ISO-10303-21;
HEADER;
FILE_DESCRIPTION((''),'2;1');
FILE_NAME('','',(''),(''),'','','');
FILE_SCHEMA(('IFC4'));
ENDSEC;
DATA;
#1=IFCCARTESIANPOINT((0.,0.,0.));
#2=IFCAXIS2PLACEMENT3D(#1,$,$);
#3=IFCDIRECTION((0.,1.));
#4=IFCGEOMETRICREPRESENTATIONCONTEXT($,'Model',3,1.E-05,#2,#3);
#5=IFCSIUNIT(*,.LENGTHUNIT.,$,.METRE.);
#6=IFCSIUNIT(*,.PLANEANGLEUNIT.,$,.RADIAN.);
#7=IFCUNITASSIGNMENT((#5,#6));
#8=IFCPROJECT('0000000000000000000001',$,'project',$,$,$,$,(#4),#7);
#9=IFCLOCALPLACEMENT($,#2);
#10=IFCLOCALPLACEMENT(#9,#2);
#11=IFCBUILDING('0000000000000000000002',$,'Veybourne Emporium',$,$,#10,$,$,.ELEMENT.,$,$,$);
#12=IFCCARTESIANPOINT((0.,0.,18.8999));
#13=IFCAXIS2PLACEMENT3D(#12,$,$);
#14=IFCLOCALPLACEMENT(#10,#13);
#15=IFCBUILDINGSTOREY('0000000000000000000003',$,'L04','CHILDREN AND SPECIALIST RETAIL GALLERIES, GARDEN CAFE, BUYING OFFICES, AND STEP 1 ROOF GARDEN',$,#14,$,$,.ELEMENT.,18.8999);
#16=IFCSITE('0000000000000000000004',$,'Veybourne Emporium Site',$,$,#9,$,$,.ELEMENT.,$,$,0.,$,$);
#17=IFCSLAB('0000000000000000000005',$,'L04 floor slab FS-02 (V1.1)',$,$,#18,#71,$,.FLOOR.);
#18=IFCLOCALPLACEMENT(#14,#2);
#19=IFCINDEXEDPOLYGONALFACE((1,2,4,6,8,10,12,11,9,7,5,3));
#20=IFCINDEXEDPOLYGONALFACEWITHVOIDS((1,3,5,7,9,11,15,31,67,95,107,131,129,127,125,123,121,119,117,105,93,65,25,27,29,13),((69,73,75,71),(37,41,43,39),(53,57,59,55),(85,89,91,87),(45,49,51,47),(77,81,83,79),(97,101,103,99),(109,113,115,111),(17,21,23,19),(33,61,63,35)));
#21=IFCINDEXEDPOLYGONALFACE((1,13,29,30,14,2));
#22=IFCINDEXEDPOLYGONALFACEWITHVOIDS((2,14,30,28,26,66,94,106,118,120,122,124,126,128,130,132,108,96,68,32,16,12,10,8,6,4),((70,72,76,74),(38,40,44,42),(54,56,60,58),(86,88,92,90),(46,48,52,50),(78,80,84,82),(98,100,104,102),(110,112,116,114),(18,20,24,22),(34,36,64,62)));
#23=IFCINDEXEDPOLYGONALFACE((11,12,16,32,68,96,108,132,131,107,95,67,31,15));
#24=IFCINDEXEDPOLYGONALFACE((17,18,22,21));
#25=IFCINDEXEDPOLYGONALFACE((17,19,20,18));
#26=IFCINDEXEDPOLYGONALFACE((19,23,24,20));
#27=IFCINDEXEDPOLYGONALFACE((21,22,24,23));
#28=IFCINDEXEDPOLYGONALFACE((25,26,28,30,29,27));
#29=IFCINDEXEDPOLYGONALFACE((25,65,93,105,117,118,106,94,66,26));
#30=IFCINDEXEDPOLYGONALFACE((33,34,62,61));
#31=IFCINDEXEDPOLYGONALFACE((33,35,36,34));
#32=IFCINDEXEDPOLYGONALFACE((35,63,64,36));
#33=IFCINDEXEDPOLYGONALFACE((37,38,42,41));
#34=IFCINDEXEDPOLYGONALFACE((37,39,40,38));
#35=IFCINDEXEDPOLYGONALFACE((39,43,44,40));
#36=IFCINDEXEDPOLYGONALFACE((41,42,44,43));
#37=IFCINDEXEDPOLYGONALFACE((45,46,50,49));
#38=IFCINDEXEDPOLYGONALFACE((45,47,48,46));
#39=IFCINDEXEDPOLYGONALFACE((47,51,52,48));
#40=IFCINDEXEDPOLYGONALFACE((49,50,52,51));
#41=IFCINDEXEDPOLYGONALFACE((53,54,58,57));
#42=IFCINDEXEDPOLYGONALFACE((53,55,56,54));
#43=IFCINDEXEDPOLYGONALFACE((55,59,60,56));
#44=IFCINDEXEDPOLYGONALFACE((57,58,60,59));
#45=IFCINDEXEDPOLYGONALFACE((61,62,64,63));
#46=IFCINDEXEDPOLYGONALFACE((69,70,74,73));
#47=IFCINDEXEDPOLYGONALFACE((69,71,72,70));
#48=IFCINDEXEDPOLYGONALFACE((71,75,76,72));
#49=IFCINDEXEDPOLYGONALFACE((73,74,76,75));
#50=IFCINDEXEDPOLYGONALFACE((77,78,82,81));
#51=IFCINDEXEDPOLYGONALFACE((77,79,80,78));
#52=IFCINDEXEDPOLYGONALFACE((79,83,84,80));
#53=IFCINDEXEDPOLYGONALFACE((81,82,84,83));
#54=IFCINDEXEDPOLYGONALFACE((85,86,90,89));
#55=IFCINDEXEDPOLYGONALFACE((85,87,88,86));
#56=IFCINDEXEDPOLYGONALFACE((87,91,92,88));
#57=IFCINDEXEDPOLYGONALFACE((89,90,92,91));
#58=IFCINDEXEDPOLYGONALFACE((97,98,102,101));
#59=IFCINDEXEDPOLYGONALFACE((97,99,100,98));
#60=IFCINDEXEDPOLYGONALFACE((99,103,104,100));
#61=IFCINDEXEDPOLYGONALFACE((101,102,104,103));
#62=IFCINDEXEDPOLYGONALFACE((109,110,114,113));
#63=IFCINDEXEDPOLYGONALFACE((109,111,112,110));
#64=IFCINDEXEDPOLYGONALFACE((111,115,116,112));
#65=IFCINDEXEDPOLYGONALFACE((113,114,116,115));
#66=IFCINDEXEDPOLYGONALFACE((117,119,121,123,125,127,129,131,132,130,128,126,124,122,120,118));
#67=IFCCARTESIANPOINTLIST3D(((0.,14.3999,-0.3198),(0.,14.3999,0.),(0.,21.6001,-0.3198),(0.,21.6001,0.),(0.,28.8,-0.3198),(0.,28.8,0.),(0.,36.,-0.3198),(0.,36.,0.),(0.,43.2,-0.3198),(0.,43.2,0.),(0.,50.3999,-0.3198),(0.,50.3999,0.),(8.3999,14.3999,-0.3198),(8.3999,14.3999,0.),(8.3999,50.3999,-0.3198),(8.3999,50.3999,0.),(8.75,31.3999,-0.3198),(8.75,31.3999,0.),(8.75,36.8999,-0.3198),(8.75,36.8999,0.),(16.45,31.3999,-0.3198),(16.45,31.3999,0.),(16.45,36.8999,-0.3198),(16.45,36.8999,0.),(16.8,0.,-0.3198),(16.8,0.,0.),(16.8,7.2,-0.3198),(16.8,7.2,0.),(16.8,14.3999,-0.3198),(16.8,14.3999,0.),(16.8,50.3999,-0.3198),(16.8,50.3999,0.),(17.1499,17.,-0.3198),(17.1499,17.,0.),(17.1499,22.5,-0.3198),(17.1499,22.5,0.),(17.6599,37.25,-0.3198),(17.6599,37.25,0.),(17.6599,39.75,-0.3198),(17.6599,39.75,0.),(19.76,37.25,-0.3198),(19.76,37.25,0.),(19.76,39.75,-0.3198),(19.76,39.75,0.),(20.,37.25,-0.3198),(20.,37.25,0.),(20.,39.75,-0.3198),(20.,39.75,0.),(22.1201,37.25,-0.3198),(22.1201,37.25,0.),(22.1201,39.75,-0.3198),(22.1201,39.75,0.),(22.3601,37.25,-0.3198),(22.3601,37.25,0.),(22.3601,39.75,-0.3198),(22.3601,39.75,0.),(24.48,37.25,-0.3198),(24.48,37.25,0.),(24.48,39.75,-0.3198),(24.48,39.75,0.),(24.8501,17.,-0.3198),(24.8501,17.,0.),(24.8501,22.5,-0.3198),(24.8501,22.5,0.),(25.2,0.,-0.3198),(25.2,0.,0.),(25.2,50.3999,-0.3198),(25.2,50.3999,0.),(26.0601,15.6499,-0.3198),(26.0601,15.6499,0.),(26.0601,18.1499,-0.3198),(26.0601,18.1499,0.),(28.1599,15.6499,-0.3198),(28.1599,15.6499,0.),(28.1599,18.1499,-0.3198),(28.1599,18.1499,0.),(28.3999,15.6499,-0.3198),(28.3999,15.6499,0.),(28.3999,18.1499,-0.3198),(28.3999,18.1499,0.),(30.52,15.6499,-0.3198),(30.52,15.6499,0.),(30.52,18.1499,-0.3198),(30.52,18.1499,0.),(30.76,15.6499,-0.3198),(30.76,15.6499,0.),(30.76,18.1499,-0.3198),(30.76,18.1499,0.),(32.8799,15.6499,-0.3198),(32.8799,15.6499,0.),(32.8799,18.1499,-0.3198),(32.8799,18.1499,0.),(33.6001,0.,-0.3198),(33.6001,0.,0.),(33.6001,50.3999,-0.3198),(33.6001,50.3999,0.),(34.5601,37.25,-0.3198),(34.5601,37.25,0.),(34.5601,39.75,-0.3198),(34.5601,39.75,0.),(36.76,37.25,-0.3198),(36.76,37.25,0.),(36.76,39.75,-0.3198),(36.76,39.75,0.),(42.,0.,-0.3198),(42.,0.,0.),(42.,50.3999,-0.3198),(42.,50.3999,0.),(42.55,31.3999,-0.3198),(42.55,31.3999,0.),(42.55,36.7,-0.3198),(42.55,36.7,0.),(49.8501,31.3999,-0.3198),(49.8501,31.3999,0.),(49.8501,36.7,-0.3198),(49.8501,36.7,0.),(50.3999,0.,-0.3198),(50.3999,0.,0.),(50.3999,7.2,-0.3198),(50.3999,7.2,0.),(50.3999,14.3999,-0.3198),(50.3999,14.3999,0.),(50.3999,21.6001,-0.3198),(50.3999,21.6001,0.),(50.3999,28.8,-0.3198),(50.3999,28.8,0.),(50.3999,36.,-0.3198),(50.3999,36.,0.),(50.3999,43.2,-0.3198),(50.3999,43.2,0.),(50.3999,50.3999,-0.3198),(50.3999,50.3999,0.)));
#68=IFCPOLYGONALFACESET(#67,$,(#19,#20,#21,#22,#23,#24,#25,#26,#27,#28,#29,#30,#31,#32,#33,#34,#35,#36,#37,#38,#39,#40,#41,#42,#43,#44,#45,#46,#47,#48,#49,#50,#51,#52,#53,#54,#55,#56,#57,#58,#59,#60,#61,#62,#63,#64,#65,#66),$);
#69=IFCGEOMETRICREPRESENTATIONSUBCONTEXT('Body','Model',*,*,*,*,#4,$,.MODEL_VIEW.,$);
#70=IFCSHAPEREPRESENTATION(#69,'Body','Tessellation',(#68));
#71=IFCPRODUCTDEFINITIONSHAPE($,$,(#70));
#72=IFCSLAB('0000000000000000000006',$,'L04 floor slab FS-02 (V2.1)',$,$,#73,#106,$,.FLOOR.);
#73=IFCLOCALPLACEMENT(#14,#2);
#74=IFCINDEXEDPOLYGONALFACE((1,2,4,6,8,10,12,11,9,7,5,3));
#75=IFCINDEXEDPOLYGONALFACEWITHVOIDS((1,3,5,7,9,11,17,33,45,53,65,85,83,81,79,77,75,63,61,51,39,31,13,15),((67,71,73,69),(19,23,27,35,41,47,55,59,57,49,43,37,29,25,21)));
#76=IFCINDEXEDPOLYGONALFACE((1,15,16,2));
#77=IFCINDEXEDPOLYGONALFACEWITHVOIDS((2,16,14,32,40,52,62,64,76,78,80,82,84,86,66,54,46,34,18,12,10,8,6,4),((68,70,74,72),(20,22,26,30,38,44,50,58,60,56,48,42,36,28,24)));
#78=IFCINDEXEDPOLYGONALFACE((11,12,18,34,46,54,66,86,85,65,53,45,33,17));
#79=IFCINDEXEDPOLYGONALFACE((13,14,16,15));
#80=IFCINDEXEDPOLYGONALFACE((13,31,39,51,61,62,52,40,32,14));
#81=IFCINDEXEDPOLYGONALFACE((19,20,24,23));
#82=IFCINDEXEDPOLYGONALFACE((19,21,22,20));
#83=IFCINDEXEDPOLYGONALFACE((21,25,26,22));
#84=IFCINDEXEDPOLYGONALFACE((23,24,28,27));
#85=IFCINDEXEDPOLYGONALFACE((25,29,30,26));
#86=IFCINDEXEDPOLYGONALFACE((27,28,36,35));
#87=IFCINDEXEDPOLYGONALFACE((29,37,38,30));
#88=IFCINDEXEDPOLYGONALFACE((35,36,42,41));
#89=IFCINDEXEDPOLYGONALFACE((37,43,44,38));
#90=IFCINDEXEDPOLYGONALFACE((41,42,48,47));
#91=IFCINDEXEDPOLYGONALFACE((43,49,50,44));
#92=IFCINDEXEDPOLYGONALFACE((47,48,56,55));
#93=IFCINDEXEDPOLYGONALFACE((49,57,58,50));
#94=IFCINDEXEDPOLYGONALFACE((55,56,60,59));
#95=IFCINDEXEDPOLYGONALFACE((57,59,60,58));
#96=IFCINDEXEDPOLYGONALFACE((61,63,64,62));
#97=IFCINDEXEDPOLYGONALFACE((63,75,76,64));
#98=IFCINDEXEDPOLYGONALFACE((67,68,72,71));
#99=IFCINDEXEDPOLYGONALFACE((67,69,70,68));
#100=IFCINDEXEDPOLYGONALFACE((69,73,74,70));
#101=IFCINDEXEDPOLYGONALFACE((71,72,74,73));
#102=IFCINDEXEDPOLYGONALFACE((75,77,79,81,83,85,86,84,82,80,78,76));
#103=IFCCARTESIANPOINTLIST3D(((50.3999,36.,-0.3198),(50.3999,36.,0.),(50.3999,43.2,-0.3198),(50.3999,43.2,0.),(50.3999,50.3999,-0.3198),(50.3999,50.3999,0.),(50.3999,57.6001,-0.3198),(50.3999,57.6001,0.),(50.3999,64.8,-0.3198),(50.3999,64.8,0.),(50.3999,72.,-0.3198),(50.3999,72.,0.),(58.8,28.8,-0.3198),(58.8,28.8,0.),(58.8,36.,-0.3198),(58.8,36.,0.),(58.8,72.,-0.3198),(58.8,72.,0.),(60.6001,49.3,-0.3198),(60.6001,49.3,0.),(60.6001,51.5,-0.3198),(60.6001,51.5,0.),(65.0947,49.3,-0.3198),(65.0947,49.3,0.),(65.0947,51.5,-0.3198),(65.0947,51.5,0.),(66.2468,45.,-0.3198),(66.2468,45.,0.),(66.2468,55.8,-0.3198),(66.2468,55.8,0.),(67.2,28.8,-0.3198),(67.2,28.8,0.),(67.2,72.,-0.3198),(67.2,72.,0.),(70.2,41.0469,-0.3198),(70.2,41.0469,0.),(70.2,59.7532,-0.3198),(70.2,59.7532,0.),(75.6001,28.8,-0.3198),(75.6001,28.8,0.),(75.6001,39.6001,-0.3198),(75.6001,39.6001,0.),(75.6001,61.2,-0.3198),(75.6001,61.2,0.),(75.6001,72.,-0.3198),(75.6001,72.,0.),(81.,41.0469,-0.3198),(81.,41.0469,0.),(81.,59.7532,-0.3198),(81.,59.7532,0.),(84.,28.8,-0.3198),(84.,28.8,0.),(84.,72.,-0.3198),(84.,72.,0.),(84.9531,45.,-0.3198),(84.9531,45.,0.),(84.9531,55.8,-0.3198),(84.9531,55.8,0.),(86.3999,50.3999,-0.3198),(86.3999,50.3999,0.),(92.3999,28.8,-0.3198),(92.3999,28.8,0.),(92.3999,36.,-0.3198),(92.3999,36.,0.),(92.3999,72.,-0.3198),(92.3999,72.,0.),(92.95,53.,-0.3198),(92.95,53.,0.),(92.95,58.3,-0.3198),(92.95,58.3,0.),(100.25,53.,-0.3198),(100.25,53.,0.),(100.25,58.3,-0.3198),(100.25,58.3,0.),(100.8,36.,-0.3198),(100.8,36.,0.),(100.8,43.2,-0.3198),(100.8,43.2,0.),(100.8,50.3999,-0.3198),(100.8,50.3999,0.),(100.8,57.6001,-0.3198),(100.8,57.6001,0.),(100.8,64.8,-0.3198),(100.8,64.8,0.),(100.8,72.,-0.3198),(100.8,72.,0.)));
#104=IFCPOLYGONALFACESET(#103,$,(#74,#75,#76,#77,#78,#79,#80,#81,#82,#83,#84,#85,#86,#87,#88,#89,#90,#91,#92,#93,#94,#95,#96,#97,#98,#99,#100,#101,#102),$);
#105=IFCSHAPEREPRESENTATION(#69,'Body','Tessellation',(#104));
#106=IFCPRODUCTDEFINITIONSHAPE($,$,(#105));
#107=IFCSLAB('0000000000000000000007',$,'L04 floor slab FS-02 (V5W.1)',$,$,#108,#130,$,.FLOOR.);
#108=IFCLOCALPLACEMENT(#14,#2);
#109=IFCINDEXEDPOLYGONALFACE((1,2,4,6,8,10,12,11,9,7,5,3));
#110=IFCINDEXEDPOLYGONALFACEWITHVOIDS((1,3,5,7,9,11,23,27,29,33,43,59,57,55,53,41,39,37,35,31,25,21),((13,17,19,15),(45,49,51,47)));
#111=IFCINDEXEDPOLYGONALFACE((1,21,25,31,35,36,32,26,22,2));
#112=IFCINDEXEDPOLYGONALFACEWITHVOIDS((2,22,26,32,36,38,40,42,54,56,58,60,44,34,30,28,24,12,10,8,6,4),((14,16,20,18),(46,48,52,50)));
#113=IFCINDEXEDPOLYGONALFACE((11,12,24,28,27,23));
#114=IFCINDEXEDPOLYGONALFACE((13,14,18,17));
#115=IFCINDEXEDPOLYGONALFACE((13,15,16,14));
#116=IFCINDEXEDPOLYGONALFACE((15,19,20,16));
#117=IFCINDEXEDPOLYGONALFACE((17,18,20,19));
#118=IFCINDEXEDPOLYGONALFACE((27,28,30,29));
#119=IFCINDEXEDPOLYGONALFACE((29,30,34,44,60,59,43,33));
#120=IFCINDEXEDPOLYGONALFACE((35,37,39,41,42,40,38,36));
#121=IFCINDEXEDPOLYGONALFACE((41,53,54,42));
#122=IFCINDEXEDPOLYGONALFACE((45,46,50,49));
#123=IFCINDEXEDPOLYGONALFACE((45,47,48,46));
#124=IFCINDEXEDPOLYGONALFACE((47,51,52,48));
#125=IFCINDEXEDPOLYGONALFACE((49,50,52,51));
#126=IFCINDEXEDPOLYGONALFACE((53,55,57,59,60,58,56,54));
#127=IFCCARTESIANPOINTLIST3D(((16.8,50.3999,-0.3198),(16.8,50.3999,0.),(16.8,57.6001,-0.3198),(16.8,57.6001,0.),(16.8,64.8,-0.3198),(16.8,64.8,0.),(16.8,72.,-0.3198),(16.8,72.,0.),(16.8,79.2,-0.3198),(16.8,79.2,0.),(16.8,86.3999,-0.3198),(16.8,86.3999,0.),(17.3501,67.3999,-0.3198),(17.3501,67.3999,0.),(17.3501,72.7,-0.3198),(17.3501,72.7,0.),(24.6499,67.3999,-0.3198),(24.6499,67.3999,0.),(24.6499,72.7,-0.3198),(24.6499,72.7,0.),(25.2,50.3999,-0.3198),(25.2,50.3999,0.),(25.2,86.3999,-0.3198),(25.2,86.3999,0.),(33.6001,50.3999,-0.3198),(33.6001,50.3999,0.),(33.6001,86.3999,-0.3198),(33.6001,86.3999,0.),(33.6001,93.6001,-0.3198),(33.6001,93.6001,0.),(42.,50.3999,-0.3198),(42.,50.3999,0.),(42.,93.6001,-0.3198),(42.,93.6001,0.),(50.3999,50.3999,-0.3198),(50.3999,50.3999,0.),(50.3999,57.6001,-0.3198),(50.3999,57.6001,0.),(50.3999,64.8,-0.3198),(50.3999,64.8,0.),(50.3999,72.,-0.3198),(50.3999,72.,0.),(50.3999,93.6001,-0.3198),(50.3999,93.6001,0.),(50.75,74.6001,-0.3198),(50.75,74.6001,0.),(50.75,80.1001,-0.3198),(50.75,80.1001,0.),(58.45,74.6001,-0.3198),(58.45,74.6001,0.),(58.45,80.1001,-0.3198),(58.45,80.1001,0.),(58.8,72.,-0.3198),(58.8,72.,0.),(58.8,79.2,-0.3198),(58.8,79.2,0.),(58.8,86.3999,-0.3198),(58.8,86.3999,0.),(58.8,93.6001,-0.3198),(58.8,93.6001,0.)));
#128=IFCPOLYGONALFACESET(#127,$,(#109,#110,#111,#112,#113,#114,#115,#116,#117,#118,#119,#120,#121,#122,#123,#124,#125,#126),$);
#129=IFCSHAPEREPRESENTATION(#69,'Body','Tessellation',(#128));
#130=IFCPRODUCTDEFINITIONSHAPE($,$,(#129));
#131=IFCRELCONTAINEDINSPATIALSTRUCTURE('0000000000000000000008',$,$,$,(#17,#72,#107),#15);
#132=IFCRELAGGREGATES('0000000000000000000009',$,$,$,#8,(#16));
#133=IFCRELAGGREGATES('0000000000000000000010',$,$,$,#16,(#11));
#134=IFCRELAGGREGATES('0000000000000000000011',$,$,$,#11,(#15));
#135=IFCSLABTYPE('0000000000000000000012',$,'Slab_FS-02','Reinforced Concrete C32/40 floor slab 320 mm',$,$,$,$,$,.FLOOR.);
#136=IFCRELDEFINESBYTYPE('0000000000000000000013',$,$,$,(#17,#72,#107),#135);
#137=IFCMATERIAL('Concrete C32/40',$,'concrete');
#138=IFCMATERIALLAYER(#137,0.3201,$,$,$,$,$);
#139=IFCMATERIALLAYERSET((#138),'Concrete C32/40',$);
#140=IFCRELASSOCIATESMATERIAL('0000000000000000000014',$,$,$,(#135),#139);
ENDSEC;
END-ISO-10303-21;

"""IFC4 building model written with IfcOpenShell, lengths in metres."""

from ifc_helpers import new_model, si_unit, direction, frame, origin, place, context, subcontext, project, spatial, polyline, outline, extrude, material, layer, layer_set, type_object, element, save


model = new_model("IFC4")

# Units and contexts
model_context = context("Model", 3, precision=1e-05, world=origin(), true_north=direction((0.0, 1.0)))
body_context = subcontext(model_context, "Body", "Model", "MODEL_VIEW")
ifc_project = project(units=[si_unit("LENGTHUNIT", "METRE"), si_unit("PLANEANGLEUNIT", "RADIAN")], contexts=[model_context])

# Site, building, storey
site_placement = place(None, origin())
site = spatial("IfcSite", under=ifc_project, at=site_placement, Name="Veybourne Emporium Site", CompositionType="ELEMENT", RefElevation=0.0)
building_placement = place(site_placement, origin())
building = spatial("IfcBuilding", under=site, at=building_placement, Name="Veybourne Emporium", CompositionType="ELEMENT")
storey_placement = place(building_placement, frame((0.0, 0.0, 18.8999)))
storey = spatial("IfcBuildingStorey", under=building, at=storey_placement, Name="L04", Description="CHILDREN AND SPECIALIST RETAIL GALLERIES, GARDEN CAFE, BUYING OFFICES, AND STEP 1 ROOF GARDEN", CompositionType="ELEMENT", Elevation=18.8999)

# Shared definitions
ifc_material_1 = material(Name="Concrete C32/40", Category="concrete")

# Slabs
ifc_layer_1 = layer(ifc_material_1, 0.3201)
ifc_layer_set_1 = layer_set([ifc_layer_1], Name="Concrete C32/40")
slab_type_1 = type_object("IfcSlabType", Name="Slab_FS-02", Description="Reinforced Concrete C32/40 floor slab 320 mm", PredefinedType="FLOOR", material=ifc_layer_set_1)
slab_1_placement = place(storey_placement, frame((0.0, 0.0, -0.3198)))
element("IfcSlab", 1, at=slab_1_placement, inside=storey, type_object=slab_type_1, Name="L04 floor slab FS-02 (V1.1)", PredefinedType="FLOOR", context=body_context, shape_type="SweptSolid", body=[
    extrude(outline(polyline([(0.0, 14.3999), (0.0, 21.6001), (0.0, 28.8), (0.0, 36.0), (0.0, 43.2), (0.0, 50.3999), (8.3999, 50.3999), (16.8, 50.3999), (25.2, 50.3999), (33.6001, 50.3999), (42.0, 50.3999), (50.3999, 50.3999), (50.3999, 43.2), (50.3999, 36.0), (50.3999, 28.8), (50.3999, 21.6001), (50.3999, 14.3999), (50.3999, 7.2), (50.3999, 0.0), (42.0, 0.0), (33.6001, 0.0), (25.2, 0.0), (16.8, 0.0), (16.8, 7.2), (16.8, 14.3999), (8.3999, 14.3999), (0.0, 14.3999)]), holes=[polyline([(28.1599, 15.6499), (28.1599, 18.1499), (26.0601, 18.1499), (26.0601, 15.6499), (28.1599, 15.6499)]), polyline([(30.52, 15.6499), (30.52, 18.1499), (28.3999, 18.1499), (28.3999, 15.6499), (30.52, 15.6499)]), polyline([(32.8799, 15.6499), (32.8799, 18.1499), (30.76, 18.1499), (30.76, 15.6499), (32.8799, 15.6499)]), polyline([(17.1499, 17.0), (24.8501, 17.0), (24.8501, 22.5), (17.1499, 22.5), (17.1499, 17.0)]), polyline([(42.55, 31.3999), (49.8501, 31.3999), (49.8501, 36.7), (42.55, 36.7), (42.55, 31.3999)]), polyline([(16.45, 31.3999), (16.45, 36.8999), (8.75, 36.8999), (8.75, 31.3999), (16.45, 31.3999)]), polyline([(19.76, 37.25), (19.76, 39.75), (17.6599, 39.75), (17.6599, 37.25), (19.76, 37.25)]), polyline([(22.1201, 37.25), (22.1201, 39.75), (20.0, 39.75), (20.0, 37.25), (22.1201, 37.25)]), polyline([(22.3601, 37.25), (24.48, 37.25), (24.48, 39.75), (22.3601, 39.75), (22.3601, 37.25)]), polyline([(34.5601, 37.25), (36.76, 37.25), (36.76, 39.75), (34.5601, 39.75), (34.5601, 37.25)])]), origin(), (0.0, 0.0, 1.0), 0.3198),
])
slab_2_placement = place(storey_placement, frame((0.0, 0.0, -0.3198)))
element("IfcSlab", 2, at=slab_2_placement, inside=storey, type_object=slab_type_1, Name="L04 floor slab FS-02 (V2.1)", PredefinedType="FLOOR", context=body_context, shape_type="SweptSolid", body=[
    extrude(outline(polyline([(50.3999, 36.0), (50.3999, 43.2), (50.3999, 50.3999), (50.3999, 57.6001), (50.3999, 64.8), (50.3999, 72.0), (58.8, 72.0), (67.2, 72.0), (75.6001, 72.0), (84.0, 72.0), (92.3999, 72.0), (100.8, 72.0), (100.8, 64.8), (100.8, 57.6001), (100.8, 50.3999), (100.8, 43.2), (100.8, 36.0), (92.3999, 36.0), (92.3999, 28.8), (84.0, 28.8), (75.6001, 28.8), (67.2, 28.8), (58.8, 28.8), (58.8, 36.0), (50.3999, 36.0)]), holes=[polyline([(66.2468, 55.8), (65.0947, 51.5), (60.6001, 51.5), (60.6001, 49.3), (65.0947, 49.3), (66.2468, 45.0), (70.2, 41.0469), (75.6001, 39.6001), (81.0, 41.0469), (84.9531, 45.0), (86.3999, 50.3999), (84.9531, 55.8), (81.0, 59.7532), (75.6001, 61.2), (70.2, 59.7532), (66.2468, 55.8)]), polyline([(92.95, 53.0), (100.25, 53.0), (100.25, 58.3), (92.95, 58.3), (92.95, 53.0)])]), origin(), (0.0, 0.0, 1.0), 0.3198),
])
slab_3_placement = place(storey_placement, frame((0.0, 0.0, -0.3198)))
element("IfcSlab", 3, at=slab_3_placement, inside=storey, type_object=slab_type_1, Name="L04 floor slab FS-02 (V5W.1)", PredefinedType="FLOOR", context=body_context, shape_type="SweptSolid", body=[
    extrude(outline(polyline([(16.8, 79.2), (16.8, 86.3999), (25.2, 86.3999), (33.6001, 86.3999), (33.6001, 93.6001), (42.0, 93.6001), (50.3999, 93.6001), (58.8, 93.6001), (58.8, 86.3999), (58.8, 79.2), (58.8, 72.0), (50.3999, 72.0), (50.3999, 64.8), (50.3999, 57.6001), (50.3999, 50.3999), (42.0, 50.3999), (33.6001, 50.3999), (25.2, 50.3999), (16.8, 50.3999), (16.8, 57.6001), (16.8, 64.8), (16.8, 72.0), (16.8, 79.2)]), holes=[polyline([(24.6499, 67.3999), (24.6499, 72.7), (17.3501, 72.7), (17.3501, 67.3999), (24.6499, 67.3999)]), polyline([(50.75, 74.6001), (58.45, 74.6001), (58.45, 80.1001), (50.75, 80.1001), (50.75, 74.6001)])]), origin(), (0.0, 0.0, 1.0), 0.3198),
])

save(model, "model.ifc")
